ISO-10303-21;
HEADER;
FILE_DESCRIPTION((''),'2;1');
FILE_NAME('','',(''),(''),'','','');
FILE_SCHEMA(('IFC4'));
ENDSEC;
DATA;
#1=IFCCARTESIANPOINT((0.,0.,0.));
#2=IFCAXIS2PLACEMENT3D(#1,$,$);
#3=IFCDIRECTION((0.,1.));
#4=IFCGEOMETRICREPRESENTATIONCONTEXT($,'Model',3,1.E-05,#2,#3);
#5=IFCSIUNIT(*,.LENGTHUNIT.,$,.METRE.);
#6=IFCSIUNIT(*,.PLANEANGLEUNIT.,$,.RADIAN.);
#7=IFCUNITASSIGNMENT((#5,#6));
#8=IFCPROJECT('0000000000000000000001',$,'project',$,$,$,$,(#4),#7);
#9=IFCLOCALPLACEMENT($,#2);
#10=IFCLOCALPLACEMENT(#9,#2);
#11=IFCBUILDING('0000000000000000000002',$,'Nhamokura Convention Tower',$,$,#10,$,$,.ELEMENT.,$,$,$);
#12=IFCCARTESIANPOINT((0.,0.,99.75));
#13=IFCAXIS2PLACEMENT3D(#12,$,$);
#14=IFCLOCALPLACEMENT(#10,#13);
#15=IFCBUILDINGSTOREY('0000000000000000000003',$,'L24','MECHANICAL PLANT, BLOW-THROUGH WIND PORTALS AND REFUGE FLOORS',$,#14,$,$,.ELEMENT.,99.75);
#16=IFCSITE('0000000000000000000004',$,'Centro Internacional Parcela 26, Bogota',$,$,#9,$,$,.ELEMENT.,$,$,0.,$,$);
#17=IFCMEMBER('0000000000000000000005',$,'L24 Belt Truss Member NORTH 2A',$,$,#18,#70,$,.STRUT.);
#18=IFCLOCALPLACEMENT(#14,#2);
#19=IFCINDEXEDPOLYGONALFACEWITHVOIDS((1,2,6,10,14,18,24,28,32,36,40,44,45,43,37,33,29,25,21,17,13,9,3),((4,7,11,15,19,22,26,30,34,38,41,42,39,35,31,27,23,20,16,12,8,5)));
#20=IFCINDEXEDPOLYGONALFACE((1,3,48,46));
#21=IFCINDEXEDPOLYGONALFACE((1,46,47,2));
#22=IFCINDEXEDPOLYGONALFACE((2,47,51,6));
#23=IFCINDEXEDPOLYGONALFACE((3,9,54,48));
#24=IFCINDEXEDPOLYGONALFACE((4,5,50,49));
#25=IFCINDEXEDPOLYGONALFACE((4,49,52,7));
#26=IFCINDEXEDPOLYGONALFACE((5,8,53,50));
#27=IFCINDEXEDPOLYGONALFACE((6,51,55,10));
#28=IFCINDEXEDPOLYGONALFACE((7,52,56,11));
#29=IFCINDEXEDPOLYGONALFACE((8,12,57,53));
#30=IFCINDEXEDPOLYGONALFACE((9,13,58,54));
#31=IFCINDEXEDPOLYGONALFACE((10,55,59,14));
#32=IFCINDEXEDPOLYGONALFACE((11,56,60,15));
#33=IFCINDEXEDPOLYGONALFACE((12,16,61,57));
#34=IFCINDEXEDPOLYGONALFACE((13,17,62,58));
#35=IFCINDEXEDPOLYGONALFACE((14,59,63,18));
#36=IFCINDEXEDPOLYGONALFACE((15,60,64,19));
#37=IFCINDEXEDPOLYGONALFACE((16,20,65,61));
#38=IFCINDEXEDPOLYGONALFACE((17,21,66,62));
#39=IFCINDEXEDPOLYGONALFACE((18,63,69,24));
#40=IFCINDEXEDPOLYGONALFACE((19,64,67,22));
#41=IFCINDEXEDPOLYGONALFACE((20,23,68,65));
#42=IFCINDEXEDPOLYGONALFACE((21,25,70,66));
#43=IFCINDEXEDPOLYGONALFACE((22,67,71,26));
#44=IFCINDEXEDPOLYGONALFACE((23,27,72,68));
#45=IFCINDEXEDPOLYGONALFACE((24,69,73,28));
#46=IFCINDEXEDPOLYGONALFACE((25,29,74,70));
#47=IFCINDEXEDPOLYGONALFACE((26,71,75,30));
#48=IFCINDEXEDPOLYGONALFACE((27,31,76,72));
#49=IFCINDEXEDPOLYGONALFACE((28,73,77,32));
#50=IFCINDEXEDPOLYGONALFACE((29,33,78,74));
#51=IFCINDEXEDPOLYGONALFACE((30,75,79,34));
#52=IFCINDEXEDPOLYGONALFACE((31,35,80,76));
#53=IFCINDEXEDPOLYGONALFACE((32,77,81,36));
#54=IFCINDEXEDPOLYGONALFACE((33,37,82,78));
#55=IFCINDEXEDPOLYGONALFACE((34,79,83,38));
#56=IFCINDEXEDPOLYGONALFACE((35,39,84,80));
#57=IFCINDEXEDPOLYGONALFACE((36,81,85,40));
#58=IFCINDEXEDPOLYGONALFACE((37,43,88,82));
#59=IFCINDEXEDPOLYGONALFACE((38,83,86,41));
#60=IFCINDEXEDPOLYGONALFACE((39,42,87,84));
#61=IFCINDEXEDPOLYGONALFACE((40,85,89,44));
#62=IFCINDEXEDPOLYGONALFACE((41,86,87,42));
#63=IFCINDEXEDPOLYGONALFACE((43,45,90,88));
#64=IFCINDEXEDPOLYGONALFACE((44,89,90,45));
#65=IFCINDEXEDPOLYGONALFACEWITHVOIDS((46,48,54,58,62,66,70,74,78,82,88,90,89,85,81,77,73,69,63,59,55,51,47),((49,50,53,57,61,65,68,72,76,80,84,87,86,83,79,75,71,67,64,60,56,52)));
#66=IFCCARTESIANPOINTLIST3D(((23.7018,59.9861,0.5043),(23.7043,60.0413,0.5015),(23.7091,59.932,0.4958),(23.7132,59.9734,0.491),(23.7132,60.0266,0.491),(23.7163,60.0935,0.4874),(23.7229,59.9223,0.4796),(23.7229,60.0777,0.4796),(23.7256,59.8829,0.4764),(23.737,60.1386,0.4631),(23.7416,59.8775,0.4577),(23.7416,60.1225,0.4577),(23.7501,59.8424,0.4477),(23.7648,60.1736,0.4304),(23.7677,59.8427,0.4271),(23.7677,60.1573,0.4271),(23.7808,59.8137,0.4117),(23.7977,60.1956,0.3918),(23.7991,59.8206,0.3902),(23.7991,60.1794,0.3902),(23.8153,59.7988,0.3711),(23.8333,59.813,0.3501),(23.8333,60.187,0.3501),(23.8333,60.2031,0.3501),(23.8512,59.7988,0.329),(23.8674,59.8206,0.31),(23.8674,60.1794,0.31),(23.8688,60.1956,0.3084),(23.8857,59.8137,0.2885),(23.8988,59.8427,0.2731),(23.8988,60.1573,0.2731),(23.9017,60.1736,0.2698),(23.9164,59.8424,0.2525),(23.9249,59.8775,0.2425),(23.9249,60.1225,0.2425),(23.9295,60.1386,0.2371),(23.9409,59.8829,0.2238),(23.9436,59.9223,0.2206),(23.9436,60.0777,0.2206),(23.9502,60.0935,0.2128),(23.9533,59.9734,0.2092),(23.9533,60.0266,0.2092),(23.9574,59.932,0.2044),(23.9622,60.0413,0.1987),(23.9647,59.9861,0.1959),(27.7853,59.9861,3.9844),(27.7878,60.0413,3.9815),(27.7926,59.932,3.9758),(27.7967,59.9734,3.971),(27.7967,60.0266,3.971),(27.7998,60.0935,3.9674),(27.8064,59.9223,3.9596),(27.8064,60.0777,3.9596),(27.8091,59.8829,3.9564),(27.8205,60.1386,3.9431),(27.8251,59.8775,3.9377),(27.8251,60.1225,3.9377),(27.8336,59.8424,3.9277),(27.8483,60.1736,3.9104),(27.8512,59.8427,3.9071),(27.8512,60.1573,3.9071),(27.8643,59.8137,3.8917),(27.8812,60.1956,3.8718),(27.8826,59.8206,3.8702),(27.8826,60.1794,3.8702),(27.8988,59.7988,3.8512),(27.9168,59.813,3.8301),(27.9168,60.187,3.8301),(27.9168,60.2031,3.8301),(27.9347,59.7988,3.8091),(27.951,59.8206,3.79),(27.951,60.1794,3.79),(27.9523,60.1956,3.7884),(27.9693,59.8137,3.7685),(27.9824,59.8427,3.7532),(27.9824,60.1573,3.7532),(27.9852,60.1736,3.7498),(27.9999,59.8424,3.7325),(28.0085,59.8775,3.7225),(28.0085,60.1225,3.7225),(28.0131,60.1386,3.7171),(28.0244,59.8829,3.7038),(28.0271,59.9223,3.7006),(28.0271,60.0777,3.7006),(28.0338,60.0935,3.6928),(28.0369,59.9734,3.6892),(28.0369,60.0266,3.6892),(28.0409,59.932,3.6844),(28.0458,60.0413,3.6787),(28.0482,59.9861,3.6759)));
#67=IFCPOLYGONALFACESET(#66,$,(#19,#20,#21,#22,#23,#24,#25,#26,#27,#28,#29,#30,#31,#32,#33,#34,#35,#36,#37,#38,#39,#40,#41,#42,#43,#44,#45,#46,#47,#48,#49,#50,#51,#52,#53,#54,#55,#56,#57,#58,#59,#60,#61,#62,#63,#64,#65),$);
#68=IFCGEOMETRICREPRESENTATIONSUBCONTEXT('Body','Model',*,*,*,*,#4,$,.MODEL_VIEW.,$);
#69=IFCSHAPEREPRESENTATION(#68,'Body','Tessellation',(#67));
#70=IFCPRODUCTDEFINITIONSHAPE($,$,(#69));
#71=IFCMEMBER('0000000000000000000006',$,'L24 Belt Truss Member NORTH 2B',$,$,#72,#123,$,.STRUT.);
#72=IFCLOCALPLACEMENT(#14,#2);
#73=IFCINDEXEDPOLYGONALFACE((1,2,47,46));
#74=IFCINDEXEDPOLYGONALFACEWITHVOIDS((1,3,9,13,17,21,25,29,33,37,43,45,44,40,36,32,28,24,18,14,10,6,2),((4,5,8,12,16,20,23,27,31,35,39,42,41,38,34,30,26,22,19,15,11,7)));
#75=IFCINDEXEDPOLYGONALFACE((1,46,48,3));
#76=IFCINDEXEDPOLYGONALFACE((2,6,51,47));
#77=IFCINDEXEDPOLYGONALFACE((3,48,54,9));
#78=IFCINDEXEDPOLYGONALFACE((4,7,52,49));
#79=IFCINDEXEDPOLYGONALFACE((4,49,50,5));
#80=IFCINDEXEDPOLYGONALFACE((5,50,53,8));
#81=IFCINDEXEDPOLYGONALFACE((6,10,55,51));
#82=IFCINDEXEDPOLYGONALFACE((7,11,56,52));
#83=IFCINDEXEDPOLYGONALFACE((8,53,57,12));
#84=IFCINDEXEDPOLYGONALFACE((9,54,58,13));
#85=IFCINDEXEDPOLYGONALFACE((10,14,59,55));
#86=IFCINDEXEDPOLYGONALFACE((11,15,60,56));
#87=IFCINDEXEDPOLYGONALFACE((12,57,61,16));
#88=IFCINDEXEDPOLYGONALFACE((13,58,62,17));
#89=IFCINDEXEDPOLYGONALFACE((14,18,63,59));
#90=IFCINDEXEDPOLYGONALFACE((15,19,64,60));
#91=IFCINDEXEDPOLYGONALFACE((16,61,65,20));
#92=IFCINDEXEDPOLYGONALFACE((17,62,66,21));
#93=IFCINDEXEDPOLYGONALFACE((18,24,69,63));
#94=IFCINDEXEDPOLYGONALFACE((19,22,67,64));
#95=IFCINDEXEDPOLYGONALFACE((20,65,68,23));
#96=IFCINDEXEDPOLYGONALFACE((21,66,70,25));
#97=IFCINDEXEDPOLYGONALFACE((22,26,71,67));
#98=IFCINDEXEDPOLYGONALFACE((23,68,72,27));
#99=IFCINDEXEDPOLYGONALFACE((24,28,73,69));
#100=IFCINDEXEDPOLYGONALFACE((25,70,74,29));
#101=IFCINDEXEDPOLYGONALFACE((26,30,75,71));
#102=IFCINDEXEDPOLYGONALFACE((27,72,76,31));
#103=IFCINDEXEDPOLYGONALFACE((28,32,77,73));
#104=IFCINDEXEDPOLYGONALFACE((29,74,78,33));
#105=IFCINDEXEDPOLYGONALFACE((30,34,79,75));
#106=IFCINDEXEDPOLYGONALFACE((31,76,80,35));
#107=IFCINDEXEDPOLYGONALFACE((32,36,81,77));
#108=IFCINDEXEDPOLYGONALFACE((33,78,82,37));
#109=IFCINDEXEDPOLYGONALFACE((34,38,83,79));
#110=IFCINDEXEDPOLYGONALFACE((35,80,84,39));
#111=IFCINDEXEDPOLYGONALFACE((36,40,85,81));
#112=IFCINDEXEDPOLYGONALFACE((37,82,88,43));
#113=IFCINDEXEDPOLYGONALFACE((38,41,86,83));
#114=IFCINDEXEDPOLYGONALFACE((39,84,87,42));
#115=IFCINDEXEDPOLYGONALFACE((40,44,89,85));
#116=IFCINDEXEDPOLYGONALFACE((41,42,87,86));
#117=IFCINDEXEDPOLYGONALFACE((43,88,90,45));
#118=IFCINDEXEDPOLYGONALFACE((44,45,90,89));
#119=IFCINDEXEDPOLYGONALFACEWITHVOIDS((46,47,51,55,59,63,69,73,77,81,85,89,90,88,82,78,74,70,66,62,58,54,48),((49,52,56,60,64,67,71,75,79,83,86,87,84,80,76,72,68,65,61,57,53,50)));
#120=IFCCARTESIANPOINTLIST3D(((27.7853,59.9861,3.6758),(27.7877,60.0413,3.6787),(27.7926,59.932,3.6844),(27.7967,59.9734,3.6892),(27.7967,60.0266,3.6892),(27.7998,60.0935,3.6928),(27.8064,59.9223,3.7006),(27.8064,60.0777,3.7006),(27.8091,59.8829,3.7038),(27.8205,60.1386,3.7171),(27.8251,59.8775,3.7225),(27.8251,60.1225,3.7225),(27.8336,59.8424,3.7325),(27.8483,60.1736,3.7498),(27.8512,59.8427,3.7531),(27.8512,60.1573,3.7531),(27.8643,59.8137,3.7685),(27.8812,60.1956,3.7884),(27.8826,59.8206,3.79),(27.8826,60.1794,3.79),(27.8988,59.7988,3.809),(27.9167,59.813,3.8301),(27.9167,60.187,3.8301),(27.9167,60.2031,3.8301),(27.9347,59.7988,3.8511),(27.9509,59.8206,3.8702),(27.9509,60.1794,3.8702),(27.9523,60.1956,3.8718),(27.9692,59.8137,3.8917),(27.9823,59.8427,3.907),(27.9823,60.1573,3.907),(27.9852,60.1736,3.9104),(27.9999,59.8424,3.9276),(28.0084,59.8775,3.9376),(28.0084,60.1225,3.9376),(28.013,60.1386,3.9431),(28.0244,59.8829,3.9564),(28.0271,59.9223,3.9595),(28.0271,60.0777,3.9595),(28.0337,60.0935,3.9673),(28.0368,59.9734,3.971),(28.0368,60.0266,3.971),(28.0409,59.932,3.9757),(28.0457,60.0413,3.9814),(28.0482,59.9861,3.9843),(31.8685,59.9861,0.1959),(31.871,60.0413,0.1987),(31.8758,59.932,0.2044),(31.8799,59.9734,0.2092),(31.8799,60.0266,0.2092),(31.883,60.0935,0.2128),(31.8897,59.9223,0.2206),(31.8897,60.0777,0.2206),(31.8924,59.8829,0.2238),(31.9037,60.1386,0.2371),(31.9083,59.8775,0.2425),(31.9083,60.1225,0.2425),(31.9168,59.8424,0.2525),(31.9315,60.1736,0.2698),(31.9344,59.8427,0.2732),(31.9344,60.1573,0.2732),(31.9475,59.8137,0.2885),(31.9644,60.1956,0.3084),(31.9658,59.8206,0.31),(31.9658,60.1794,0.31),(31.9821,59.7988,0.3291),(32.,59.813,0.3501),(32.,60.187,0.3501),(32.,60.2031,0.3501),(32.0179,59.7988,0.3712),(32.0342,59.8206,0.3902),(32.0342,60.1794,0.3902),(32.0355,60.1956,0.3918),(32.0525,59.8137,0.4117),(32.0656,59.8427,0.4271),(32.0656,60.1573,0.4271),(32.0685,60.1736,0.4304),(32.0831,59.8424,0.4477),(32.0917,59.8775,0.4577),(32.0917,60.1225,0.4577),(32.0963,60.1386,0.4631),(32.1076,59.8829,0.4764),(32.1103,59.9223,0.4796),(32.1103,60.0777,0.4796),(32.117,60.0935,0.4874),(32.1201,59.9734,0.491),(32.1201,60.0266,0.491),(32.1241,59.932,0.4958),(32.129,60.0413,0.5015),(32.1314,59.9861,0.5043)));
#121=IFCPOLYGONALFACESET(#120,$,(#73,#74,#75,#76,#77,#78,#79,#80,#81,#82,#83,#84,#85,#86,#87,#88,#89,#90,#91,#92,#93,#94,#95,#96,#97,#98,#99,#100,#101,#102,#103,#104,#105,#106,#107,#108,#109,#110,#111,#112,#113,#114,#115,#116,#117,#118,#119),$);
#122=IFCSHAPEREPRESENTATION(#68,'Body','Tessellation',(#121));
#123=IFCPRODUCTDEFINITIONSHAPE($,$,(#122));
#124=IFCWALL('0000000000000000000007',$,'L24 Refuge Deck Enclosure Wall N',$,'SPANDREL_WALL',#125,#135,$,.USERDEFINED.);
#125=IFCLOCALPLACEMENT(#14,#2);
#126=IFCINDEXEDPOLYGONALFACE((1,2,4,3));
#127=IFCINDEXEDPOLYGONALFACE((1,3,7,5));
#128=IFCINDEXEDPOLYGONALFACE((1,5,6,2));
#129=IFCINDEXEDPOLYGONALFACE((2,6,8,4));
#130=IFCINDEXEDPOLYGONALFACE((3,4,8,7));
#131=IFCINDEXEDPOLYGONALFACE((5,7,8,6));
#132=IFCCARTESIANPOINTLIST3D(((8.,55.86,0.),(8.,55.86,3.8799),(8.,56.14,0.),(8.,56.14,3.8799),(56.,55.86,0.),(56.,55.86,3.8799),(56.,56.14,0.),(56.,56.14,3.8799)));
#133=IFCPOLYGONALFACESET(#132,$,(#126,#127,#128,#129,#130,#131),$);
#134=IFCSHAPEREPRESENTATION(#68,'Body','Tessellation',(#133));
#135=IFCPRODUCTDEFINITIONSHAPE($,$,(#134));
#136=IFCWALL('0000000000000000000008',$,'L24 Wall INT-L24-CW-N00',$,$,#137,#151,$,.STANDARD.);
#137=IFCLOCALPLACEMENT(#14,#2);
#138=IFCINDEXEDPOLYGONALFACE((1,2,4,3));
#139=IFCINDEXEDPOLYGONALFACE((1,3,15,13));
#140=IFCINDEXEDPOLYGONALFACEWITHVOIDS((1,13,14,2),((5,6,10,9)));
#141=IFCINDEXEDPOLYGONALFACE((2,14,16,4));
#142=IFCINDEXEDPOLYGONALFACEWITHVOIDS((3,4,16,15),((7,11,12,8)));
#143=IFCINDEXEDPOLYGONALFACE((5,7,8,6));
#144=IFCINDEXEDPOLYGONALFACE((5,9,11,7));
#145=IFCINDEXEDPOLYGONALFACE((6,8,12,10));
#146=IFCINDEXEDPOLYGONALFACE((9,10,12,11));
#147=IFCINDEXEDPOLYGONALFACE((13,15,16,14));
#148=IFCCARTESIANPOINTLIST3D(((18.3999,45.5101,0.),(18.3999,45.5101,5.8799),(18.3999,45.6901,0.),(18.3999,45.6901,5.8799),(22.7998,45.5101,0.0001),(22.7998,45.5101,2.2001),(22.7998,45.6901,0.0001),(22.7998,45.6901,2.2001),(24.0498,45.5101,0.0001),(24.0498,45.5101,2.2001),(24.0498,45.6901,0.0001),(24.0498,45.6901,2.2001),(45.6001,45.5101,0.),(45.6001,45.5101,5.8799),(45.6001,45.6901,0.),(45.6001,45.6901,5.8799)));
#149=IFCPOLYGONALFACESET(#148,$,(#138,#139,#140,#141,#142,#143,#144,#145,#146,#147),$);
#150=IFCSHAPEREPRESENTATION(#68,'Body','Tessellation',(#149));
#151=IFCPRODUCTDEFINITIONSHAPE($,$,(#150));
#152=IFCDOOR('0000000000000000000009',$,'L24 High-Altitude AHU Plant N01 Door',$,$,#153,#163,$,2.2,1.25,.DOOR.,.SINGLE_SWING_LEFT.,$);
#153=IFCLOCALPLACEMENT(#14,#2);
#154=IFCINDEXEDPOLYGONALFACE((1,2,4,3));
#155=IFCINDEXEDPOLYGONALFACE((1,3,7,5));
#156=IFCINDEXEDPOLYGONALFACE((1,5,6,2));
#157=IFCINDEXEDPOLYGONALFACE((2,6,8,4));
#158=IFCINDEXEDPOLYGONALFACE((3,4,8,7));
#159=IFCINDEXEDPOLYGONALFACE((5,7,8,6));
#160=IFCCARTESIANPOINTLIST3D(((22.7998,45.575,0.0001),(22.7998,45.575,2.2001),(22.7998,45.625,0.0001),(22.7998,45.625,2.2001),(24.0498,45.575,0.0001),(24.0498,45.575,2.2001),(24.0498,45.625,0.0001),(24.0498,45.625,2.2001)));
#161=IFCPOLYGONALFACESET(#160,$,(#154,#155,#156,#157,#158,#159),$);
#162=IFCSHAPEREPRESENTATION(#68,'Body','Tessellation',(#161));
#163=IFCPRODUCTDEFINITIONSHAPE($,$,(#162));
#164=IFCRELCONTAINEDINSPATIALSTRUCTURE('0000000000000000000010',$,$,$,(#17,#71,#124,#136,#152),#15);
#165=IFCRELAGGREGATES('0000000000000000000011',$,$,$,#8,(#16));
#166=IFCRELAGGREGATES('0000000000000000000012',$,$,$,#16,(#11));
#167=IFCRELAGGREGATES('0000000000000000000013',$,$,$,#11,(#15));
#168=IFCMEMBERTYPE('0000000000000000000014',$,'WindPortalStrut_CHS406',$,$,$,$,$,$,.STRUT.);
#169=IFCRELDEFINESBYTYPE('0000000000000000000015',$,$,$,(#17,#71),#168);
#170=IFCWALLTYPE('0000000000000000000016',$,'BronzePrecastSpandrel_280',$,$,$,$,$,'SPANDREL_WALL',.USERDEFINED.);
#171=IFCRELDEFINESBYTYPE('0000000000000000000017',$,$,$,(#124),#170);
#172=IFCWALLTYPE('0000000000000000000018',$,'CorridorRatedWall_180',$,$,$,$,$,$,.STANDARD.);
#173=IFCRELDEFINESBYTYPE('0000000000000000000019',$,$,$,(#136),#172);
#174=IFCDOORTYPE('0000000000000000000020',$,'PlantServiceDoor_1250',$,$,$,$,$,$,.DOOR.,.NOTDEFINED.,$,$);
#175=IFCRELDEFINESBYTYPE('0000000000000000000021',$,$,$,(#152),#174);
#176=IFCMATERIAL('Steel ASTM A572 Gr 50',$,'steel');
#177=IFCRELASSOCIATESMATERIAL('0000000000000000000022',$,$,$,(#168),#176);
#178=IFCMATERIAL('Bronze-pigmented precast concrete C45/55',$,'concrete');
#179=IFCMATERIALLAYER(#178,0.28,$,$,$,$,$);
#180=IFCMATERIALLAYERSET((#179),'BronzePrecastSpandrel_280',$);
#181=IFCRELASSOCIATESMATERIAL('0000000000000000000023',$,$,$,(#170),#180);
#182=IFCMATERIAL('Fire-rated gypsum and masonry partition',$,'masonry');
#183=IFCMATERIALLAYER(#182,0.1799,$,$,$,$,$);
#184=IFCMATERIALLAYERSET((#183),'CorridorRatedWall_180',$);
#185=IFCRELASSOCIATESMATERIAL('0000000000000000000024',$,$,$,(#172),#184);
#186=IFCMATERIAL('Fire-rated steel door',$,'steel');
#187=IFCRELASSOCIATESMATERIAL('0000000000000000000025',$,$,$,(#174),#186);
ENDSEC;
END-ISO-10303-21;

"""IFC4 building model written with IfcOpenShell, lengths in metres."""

from ifc_helpers import new_model, si_unit, direction, frame, frame_2d, origin, origin_2d, place, context, subcontext, project, spatial, rectangle, hollow_circle, extrude, material, layer, layer_set, material_profile, profile_set, type_object, element, fill, save


model = new_model("IFC4")

# Units and contexts
model_context = context("Model", 3, precision=1e-05, world=origin(), true_north=direction((0.0, 1.0)))
body_context = subcontext(model_context, "Body", "Model", "MODEL_VIEW")
ifc_project = project(units=[si_unit("LENGTHUNIT", "METRE"), si_unit("PLANEANGLEUNIT", "RADIAN")], contexts=[model_context])

# Site, building, storey
site_placement = place(None, origin())
site = spatial("IfcSite", under=ifc_project, at=site_placement, Name="Centro Internacional Parcela 26, Bogota", CompositionType="ELEMENT", RefElevation=0.0)
building_placement = place(site_placement, origin())
building = spatial("IfcBuilding", under=site, at=building_placement, Name="Nhamokura Convention Tower", CompositionType="ELEMENT")
storey_placement = place(building_placement, frame((0.0, 0.0, 99.75)))
storey = spatial("IfcBuildingStorey", under=building, at=storey_placement, Name="L24", Description="MECHANICAL PLANT, BLOW-THROUGH WIND PORTALS AND REFUGE FLOORS", CompositionType="ELEMENT", Elevation=99.75)

# Members
ifc_material_1 = material(Name="Steel ASTM A572 Gr 50", Category="steel")
ifc_material_profile_1 = material_profile(ifc_material_1, hollow_circle(Radius=0.2031, WallThickness=0.0161, at=origin_2d()))
ifc_profile_set_1 = profile_set([ifc_material_profile_1], Name="Steel ASTM A572 Gr 50")
member_type_1 = type_object("IfcMemberType", Name="WindPortalStrut_CHS406", PredefinedType="STRUT", material=ifc_profile_set_1)
member_1_placement = place(storey_placement, frame((23.8333, 60.0, 0.3501), z_axis=(0.76111, 0.0, 0.648623), x_axis=(0.0, 1.0, 0.0)))
element("IfcMember", 1, at=member_1_placement, inside=storey, type_object=member_type_1, Name="L24 Belt Truss Member NORTH 2A", PredefinedType="STRUT", context=body_context, shape_type="SweptSolid", body=[
    extrude(hollow_circle(Radius=0.2031, WallThickness=0.0161, at=origin_2d()), origin(), (0.0, 0.0, 1.0), 5.3652),
])
member_2_placement = place(storey_placement, frame((27.9167, 60.0, 3.8301), z_axis=(0.761091, 0.0, -0.648645), x_axis=(0.0, 1.0, 0.0)))
element("IfcMember", 2, at=member_2_placement, inside=storey, type_object=member_type_1, Name="L24 Belt Truss Member NORTH 2B", PredefinedType="STRUT", context=body_context, shape_type="SweptSolid", body=[
    extrude(hollow_circle(Radius=0.2031, WallThickness=0.0161, at=origin_2d()), origin(), (0.0, 0.0, 1.0), 5.365),
])

# Wall
ifc_material_2 = material(Name="Bronze-pigmented precast concrete C45/55", Category="concrete")
ifc_layer_1 = layer(ifc_material_2, 0.28)
ifc_layer_set_1 = layer_set([ifc_layer_1], Name="BronzePrecastSpandrel_280")
wall_type_1 = type_object("IfcWallType", Name="BronzePrecastSpandrel_280", ElementType="SPANDREL_WALL", PredefinedType="USERDEFINED", material=ifc_layer_set_1)
wall_1_placement = place(storey_placement, frame((8.0, 56.0, 0.0), z_axis=(0.0, 0.0, 1.0), x_axis=(1.0, 0.0, 0.0)))
element("IfcWall", 3, at=wall_1_placement, inside=storey, type_object=wall_type_1, Name="L24 Refuge Deck Enclosure Wall N", ObjectType="SPANDREL_WALL", PredefinedType="USERDEFINED", context=body_context, shape_type="SweptSolid", body=[
    extrude(rectangle(XDim=48.0, YDim=0.28, at=frame_2d((24.0, 0.0))), origin(), (0.0, 0.0, 1.0), 3.8799),
])

# Wall, opening, door
ifc_material_3 = material(Name="Fire-rated gypsum and masonry partition", Category="masonry")
ifc_layer_2 = layer(ifc_material_3, 0.1799)
ifc_layer_set_2 = layer_set([ifc_layer_2], Name="CorridorRatedWall_180")
wall_type_2 = type_object("IfcWallType", Name="CorridorRatedWall_180", PredefinedType="STANDARD", material=ifc_layer_set_2)
wall_2_placement = place(storey_placement, frame((18.3999, 45.6001, 0.0), z_axis=(0.0, 0.0, 1.0), x_axis=(1.0, 0.0, 0.0)))
wall_2 = element("IfcWall", 4, at=wall_2_placement, inside=storey, type_object=wall_type_2, Name="L24 Wall INT-L24-CW-N00", PredefinedType="STANDARD", context=body_context, shape_type="SweptSolid", body=[
    extrude(rectangle(XDim=27.2002, YDim=0.1799, at=frame_2d((13.6001, 0.0))), origin(), (0.0, 0.0, 1.0), 5.8799),
])
opening_placement = place(wall_2_placement, frame((4.3999, 0.0, 0.0)))
opening = element("IfcOpeningElement", 5, at=opening_placement, cuts=wall_2, PredefinedType="OPENING", context=body_context, shape_type="SweptSolid", body=[
    extrude(rectangle(XDim=1.25, YDim=2.2, at=frame_2d((0.625, 1.1001))), frame((0.0, 0.0999, 0.0), z_axis=(0.0, -1.0, 0.0), x_axis=(1.0, 0.0, 0.0)), (0.0, 0.0, 1.0), 0.2),
])
ifc_material_4 = material(Name="Fire-rated steel door", Category="steel")
door_type = type_object("IfcDoorType", Name="PlantServiceDoor_1250", OperationType="NOTDEFINED", PredefinedType="DOOR", material=ifc_material_4)
door_placement = place(opening_placement, origin())
door = element("IfcDoor", 6, at=door_placement, inside=storey, type_object=door_type, Name="L24 High-Altitude AHU Plant N01 Door", OperationType="SINGLE_SWING_LEFT", OverallHeight=2.2, OverallWidth=1.25, PredefinedType="DOOR", context=body_context, shape_type="SweptSolid", body=[
    extrude(rectangle(XDim=1.25, YDim=2.2, at=frame_2d((0.625, 1.1001))), frame((0.0, 0.0249, 0.0), z_axis=(0.0, -1.0, 0.0), x_axis=(1.0, 0.0, 0.0)), (0.0, 0.0, 1.0), 0.05),
])
fill(opening, door)

save(model, "model.ifc")
